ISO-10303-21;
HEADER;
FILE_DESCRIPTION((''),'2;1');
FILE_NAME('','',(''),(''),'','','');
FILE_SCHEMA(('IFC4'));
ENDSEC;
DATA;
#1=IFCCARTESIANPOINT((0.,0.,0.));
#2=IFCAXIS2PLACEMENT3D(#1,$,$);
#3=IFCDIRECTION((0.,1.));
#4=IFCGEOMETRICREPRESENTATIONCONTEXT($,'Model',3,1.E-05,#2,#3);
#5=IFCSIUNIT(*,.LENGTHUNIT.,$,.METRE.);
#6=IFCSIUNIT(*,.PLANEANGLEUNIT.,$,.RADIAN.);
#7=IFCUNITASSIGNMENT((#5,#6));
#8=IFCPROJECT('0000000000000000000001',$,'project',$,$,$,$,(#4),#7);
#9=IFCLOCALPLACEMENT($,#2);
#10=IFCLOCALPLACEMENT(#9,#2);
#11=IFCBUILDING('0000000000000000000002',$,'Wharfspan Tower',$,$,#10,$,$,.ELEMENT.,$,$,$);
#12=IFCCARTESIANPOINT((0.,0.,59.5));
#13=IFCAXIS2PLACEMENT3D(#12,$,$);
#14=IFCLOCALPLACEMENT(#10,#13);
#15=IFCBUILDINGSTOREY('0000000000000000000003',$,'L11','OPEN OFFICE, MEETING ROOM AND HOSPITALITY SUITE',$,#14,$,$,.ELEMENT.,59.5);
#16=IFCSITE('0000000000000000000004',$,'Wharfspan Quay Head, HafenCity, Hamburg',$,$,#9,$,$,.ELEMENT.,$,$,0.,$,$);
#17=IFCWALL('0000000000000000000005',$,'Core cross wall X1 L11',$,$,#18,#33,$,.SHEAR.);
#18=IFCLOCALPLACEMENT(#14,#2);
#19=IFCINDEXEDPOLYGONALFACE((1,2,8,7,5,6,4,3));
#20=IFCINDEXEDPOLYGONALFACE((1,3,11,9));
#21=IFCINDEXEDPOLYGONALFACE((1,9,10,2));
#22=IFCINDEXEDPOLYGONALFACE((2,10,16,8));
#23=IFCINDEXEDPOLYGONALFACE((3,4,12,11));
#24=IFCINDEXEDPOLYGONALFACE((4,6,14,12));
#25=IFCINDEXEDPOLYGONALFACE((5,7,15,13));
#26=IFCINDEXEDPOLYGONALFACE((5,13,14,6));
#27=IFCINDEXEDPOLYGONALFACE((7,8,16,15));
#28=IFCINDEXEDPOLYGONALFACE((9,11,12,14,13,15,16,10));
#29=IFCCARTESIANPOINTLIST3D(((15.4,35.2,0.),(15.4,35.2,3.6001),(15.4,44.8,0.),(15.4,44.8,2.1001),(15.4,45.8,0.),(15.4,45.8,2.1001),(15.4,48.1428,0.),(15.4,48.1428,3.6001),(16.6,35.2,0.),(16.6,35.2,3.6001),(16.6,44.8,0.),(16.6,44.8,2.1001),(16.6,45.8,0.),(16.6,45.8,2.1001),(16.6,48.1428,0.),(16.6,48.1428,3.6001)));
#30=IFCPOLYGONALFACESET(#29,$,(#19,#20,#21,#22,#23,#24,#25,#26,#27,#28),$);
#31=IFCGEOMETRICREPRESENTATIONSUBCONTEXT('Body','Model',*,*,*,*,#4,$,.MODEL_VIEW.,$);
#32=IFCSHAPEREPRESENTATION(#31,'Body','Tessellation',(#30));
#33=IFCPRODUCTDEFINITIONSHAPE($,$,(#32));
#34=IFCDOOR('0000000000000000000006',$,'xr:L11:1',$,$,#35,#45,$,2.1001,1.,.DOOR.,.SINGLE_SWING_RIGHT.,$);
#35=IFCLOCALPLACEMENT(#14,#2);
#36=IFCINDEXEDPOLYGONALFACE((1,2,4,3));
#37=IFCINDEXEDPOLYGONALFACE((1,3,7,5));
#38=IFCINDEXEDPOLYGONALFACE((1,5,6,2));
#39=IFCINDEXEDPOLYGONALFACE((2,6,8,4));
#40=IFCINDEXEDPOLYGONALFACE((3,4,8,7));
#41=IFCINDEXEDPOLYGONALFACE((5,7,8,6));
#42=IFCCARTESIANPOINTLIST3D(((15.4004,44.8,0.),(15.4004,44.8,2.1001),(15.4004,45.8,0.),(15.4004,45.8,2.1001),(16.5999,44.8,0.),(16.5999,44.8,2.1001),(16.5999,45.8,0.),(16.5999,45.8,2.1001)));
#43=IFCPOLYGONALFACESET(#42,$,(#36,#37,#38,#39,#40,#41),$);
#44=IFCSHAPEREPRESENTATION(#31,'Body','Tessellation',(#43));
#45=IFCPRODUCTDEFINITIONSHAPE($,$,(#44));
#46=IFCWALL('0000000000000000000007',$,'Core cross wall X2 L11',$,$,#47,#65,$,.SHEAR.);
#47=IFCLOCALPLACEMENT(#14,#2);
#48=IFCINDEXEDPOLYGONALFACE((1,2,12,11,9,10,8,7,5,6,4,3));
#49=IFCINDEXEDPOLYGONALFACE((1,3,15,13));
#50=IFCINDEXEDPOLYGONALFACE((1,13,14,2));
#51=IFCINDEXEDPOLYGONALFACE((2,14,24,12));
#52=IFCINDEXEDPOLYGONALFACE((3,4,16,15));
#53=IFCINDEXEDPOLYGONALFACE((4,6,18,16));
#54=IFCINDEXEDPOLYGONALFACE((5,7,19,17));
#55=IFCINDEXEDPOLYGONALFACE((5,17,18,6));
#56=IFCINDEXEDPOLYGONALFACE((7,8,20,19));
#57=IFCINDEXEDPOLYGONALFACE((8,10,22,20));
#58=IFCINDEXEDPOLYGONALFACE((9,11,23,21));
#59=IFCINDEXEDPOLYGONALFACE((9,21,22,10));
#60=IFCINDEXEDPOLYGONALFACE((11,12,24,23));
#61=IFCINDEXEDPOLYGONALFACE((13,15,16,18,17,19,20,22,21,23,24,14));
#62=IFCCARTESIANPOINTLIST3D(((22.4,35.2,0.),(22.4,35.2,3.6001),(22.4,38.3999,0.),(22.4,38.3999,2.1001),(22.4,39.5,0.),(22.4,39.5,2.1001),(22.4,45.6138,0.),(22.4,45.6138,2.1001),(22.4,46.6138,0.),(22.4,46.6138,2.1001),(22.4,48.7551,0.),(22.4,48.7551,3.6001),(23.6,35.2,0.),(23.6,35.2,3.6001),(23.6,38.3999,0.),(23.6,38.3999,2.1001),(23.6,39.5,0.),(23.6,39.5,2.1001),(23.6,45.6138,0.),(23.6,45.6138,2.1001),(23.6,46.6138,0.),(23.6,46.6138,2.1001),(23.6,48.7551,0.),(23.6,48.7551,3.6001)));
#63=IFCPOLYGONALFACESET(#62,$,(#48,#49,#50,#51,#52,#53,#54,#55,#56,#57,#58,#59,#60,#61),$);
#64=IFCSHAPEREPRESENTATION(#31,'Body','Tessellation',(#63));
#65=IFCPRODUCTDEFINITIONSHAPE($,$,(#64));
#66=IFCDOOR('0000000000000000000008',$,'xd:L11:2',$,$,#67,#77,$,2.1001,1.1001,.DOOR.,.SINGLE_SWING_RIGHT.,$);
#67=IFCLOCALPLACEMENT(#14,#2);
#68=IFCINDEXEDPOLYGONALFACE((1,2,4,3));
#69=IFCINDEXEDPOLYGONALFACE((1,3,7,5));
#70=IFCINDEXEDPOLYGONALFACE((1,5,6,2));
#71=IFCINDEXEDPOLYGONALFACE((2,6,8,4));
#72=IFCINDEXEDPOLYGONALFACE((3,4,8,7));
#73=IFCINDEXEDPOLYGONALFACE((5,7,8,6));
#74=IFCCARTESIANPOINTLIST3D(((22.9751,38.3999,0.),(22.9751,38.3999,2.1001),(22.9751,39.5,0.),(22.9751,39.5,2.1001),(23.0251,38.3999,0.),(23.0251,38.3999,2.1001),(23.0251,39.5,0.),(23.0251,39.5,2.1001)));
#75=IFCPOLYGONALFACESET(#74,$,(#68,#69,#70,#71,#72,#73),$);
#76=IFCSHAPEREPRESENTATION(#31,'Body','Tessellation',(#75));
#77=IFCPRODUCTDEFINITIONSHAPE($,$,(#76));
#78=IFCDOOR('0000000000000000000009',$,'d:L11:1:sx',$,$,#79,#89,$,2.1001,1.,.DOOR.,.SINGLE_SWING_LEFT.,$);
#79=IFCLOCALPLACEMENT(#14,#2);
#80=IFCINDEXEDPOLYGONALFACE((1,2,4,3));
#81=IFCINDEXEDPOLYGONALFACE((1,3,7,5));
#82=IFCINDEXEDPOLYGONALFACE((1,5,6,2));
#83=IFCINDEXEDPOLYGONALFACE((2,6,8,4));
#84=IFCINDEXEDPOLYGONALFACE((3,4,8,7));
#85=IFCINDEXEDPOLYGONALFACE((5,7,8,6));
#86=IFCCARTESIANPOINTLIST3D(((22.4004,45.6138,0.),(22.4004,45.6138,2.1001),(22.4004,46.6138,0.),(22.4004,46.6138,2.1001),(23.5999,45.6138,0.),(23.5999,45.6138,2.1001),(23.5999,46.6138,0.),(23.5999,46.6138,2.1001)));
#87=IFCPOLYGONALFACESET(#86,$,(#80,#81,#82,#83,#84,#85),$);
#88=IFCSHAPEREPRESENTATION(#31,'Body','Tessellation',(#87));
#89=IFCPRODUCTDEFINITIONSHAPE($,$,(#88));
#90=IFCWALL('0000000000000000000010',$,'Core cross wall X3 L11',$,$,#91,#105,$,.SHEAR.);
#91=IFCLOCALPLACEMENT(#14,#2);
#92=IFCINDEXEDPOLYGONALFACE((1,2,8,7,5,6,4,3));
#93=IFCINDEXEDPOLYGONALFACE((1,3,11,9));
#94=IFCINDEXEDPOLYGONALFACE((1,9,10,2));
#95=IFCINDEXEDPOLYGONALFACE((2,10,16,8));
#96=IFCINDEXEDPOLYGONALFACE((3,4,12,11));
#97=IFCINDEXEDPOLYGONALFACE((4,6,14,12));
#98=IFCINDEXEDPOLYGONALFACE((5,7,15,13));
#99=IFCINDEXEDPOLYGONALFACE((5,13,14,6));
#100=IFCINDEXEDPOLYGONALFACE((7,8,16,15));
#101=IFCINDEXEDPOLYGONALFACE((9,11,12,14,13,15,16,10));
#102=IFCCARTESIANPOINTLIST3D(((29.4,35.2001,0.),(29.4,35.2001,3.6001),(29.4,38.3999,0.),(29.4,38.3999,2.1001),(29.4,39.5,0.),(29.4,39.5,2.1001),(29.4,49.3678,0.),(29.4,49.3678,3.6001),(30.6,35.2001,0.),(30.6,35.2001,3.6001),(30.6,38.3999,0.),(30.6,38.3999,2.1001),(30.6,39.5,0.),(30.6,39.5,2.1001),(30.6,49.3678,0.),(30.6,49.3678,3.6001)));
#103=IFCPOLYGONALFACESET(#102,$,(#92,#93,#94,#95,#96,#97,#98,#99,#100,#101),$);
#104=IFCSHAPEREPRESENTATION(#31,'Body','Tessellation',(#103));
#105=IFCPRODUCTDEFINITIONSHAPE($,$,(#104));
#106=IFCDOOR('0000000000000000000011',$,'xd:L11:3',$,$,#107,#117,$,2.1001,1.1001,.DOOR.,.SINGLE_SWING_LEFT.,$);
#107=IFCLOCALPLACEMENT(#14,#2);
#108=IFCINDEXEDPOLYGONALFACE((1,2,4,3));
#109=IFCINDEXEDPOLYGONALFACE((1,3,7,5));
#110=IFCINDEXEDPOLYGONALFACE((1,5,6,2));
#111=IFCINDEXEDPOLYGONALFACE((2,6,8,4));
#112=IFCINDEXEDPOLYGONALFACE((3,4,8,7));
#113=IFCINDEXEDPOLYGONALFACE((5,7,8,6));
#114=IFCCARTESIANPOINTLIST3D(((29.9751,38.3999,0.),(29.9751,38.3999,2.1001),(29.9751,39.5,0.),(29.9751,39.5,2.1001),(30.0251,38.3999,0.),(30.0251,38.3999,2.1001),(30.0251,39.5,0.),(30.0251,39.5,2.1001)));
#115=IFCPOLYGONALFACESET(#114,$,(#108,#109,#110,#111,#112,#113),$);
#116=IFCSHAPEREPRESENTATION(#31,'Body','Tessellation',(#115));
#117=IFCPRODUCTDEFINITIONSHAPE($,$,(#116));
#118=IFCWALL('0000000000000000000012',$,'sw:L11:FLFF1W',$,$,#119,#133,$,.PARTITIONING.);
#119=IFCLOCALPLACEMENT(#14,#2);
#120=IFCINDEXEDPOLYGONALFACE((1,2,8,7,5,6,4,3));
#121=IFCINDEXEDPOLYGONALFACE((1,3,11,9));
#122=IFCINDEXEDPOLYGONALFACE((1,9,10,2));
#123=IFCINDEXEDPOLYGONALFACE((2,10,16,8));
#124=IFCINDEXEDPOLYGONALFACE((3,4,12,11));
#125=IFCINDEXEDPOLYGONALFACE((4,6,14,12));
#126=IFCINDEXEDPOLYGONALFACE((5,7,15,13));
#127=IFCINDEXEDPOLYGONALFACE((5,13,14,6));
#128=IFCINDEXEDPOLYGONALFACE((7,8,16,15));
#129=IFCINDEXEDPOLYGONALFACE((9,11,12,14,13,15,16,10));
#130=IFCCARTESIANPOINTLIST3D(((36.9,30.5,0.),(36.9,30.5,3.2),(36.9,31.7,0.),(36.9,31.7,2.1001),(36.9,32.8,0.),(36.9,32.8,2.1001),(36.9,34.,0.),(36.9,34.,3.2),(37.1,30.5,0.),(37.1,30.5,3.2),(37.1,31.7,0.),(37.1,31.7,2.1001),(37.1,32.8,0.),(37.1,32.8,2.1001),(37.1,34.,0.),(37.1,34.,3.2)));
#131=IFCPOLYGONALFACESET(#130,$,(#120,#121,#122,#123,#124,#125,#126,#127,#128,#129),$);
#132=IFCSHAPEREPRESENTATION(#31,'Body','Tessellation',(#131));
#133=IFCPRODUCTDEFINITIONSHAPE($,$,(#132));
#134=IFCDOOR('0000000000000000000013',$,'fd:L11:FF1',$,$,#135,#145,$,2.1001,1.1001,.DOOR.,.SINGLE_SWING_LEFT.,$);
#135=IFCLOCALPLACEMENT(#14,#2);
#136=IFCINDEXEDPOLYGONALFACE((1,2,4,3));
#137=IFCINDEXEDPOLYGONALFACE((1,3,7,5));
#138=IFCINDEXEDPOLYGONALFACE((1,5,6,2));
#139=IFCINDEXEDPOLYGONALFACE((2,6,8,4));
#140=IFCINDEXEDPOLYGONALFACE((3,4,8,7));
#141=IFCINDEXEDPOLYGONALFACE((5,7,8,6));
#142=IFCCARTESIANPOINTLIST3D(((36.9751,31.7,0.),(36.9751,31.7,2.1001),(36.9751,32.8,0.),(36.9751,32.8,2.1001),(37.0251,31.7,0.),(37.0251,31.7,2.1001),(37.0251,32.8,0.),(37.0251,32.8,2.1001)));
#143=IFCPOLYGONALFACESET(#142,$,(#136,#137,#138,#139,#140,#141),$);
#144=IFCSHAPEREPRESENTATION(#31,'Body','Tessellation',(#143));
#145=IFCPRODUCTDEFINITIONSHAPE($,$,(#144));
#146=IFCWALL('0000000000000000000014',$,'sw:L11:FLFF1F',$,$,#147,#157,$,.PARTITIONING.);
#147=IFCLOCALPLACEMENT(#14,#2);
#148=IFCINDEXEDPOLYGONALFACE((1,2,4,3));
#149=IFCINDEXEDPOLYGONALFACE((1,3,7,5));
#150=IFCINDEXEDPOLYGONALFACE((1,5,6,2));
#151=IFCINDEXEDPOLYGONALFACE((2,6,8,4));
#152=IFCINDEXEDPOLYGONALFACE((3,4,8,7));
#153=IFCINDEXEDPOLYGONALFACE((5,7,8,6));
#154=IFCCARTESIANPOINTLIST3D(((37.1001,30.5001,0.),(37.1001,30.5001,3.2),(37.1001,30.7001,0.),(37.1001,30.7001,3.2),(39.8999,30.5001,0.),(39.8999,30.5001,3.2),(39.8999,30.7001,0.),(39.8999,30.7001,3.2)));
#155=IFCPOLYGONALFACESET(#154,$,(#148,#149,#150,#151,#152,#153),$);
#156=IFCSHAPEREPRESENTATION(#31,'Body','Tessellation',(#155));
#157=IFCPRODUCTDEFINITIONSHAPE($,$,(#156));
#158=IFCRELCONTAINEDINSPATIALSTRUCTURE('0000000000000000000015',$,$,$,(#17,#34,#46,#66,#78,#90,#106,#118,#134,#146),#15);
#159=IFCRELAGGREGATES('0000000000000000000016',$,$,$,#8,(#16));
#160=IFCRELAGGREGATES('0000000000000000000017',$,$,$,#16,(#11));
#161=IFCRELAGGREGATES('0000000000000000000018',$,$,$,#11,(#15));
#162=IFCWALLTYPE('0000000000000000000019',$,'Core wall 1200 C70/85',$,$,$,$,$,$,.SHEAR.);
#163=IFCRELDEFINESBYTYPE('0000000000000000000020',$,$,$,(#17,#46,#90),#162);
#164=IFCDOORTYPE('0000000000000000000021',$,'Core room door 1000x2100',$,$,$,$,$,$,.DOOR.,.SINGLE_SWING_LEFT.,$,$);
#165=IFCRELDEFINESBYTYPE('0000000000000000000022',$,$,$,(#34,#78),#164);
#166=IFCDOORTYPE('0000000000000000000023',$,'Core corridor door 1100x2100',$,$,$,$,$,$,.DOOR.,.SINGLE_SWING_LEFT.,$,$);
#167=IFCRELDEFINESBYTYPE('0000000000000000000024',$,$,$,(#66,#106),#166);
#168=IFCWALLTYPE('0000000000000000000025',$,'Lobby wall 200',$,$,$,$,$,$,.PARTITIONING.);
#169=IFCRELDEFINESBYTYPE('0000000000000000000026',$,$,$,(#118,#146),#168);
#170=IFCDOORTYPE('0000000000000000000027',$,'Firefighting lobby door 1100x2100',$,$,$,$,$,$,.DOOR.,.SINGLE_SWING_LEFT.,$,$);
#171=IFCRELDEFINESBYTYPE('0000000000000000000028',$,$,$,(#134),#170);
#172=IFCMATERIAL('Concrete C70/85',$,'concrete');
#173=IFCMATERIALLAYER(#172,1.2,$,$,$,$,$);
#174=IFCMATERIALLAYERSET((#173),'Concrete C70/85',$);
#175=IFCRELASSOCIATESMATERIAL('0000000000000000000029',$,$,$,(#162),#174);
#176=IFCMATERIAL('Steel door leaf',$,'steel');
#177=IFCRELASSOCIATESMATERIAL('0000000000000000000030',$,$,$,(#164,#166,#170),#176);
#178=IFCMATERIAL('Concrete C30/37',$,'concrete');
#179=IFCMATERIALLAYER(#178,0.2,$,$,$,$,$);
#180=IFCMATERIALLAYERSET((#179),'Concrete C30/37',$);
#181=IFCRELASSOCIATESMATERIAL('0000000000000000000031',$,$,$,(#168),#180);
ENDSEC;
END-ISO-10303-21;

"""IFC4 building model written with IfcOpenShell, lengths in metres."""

from ifc_helpers import new_model, si_unit, direction, frame, frame_2d, origin, place, context, subcontext, project, spatial, rectangle, extrude, material, layer, layer_set, type_object, element, fill, save


model = new_model("IFC4")

# Units and contexts
model_context = context("Model", 3, precision=1e-05, world=origin(), true_north=direction((0.0, 1.0)))
body_context = subcontext(model_context, "Body", "Model", "MODEL_VIEW")
ifc_project = project(units=[si_unit("LENGTHUNIT", "METRE"), si_unit("PLANEANGLEUNIT", "RADIAN")], contexts=[model_context])

# Site, building, storey
site_placement = place(None, origin())
site = spatial("IfcSite", under=ifc_project, at=site_placement, Name="Wharfspan Quay Head, HafenCity, Hamburg", CompositionType="ELEMENT", RefElevation=0.0)
building_placement = place(site_placement, origin())
building = spatial("IfcBuilding", under=site, at=building_placement, Name="Wharfspan Tower", CompositionType="ELEMENT")
storey_placement = place(building_placement, frame((0.0, 0.0, 59.5)))
storey = spatial("IfcBuildingStorey", under=building, at=storey_placement, Name="L11", Description="OPEN OFFICE, MEETING ROOM AND HOSPITALITY SUITE", CompositionType="ELEMENT", Elevation=59.5)

# Wall, opening, door
ifc_material_1 = material(Name="Concrete C70/85", Category="concrete")
ifc_layer_1 = layer(ifc_material_1, 1.2)
ifc_layer_set_1 = layer_set([ifc_layer_1], Name="Concrete C70/85")
wall_type_1 = type_object("IfcWallType", Name="Core wall 1200 C70/85", PredefinedType="SHEAR", material=ifc_layer_set_1)
wall_1_placement = place(storey_placement, frame((16.0, 35.2, 0.0), z_axis=(0.0, 0.0, 1.0), x_axis=(0.0, 1.0, 0.0)))
wall_1 = element("IfcWall", 1, at=wall_1_placement, inside=storey, type_object=wall_type_1, Name="Core cross wall X1 L11", PredefinedType="SHEAR", context=body_context, shape_type="SweptSolid", body=[
    extrude(rectangle(XDim=12.9429, YDim=1.2, at=frame_2d((6.4714, 0.0))), origin(), (0.0, 0.0, 1.0), 3.6001),
])
opening_1_placement = place(wall_1_placement, frame((9.6001, 0.0, 0.0)))
opening_1 = element("IfcOpeningElement", 2, at=opening_1_placement, cuts=wall_1, PredefinedType="OPENING", context=body_context, shape_type="SweptSolid", body=[
    extrude(rectangle(XDim=1.0, YDim=2.1001, at=frame_2d((0.5, 1.05))), frame((0.0, 0.6099, 0.0), z_axis=(0.0, -1.0, 0.0), x_axis=(1.0, 0.0, 0.0)), (0.0, 0.0, 1.0), 1.22),
])
ifc_material_2 = material(Name="Steel door leaf", Category="steel")
door_type_1 = type_object("IfcDoorType", Name="Core room door 1000x2100", OperationType="SINGLE_SWING_LEFT", PredefinedType="DOOR", material=ifc_material_2)
door_1_placement = place(opening_1_placement, origin())
door_1 = element("IfcDoor", 3, at=door_1_placement, inside=storey, type_object=door_type_1, Name="xr:L11:1", OperationType="SINGLE_SWING_RIGHT", OverallHeight=2.1001, OverallWidth=1.0, PredefinedType="DOOR", context=body_context, shape_type="SweptSolid", body=[
    extrude(rectangle(XDim=1.0, YDim=2.1001, at=frame_2d((0.5, 1.05))), frame((0.0, 0.5996, 0.0), z_axis=(0.0, -1.0, 0.0), x_axis=(1.0, 0.0, 0.0)), (0.0, 0.0, 1.0), 1.1995),
])
fill(opening_1, door_1)

# Wall, openings, doors
wall_2_placement = place(storey_placement, frame((23.0, 35.2, 0.0), z_axis=(0.0, 0.0, 1.0), x_axis=(0.0, 1.0, 0.0)))
wall_2 = element("IfcWall", 4, at=wall_2_placement, inside=storey, type_object=wall_type_1, Name="Core cross wall X2 L11", PredefinedType="SHEAR", context=body_context, shape_type="SweptSolid", body=[
    extrude(rectangle(XDim=13.5552, YDim=1.2, at=frame_2d((6.7776, 0.0))), origin(), (0.0, 0.0, 1.0), 3.6001),
])
opening_2_placement = place(wall_2_placement, frame((10.4138, 0.0, 0.0)))
opening_2 = element("IfcOpeningElement", 5, at=opening_2_placement, cuts=wall_2, PredefinedType="OPENING", context=body_context, shape_type="SweptSolid", body=[
    extrude(rectangle(XDim=1.0, YDim=2.1001, at=frame_2d((0.5, 1.05))), frame((0.0, 0.6099, 0.0), z_axis=(0.0, -1.0, 0.0), x_axis=(1.0, 0.0, 0.0)), (0.0, 0.0, 1.0), 1.22),
])
opening_3_placement = place(wall_2_placement, frame((3.2, 0.0, 0.0)))
opening_3 = element("IfcOpeningElement", 6, at=opening_3_placement, cuts=wall_2, PredefinedType="OPENING", context=body_context, shape_type="SweptSolid", body=[
    extrude(rectangle(XDim=1.1001, YDim=2.1001, at=frame_2d((0.55, 1.05))), frame((0.0, 0.6099, 0.0), z_axis=(0.0, -1.0, 0.0), x_axis=(1.0, 0.0, 0.0)), (0.0, 0.0, 1.0), 1.22),
])
door_type_2 = type_object("IfcDoorType", Name="Core corridor door 1100x2100", OperationType="SINGLE_SWING_LEFT", PredefinedType="DOOR", material=ifc_material_2)
door_2_placement = place(opening_3_placement, origin())
door_2 = element("IfcDoor", 7, at=door_2_placement, inside=storey, type_object=door_type_2, Name="xd:L11:2", OperationType="SINGLE_SWING_RIGHT", OverallHeight=2.1001, OverallWidth=1.1001, PredefinedType="DOOR", context=body_context, shape_type="SweptSolid", body=[
    extrude(rectangle(XDim=1.1001, YDim=2.1001, at=frame_2d((0.55, 1.05))), frame((0.0, 0.0249, 0.0), z_axis=(0.0, -1.0, 0.0), x_axis=(1.0, 0.0, 0.0)), (0.0, 0.0, 1.0), 0.05),
])
fill(opening_3, door_2)
door_3_placement = place(opening_2_placement, origin())
door_3 = element("IfcDoor", 8, at=door_3_placement, inside=storey, type_object=door_type_1, Name="d:L11:1:sx", OperationType="SINGLE_SWING_LEFT", OverallHeight=2.1001, OverallWidth=1.0, PredefinedType="DOOR", context=body_context, shape_type="SweptSolid", body=[
    extrude(rectangle(XDim=1.0, YDim=2.1001, at=frame_2d((0.5, 1.05))), frame((0.0, 0.5996, 0.0), z_axis=(0.0, -1.0, 0.0), x_axis=(1.0, 0.0, 0.0)), (0.0, 0.0, 1.0), 1.1995),
])
fill(opening_2, door_3)

# Walls, openings, doors
wall_3_placement = place(storey_placement, frame((30.0, 35.2, 0.0), z_axis=(0.0, 0.0, 1.0), x_axis=(0.0, 1.0, 0.0)))
wall_3 = element("IfcWall", 9, at=wall_3_placement, inside=storey, type_object=wall_type_1, Name="Core cross wall X3 L11", PredefinedType="SHEAR", context=body_context, shape_type="SweptSolid", body=[
    extrude(rectangle(XDim=14.1677, YDim=1.2, at=frame_2d((7.084, 0.0))), origin(), (0.0, 0.0, 1.0), 3.6001),
])
opening_4_placement = place(wall_3_placement, frame((3.2, 0.0, 0.0)))
opening_4 = element("IfcOpeningElement", 10, at=opening_4_placement, cuts=wall_3, PredefinedType="OPENING", context=body_context, shape_type="SweptSolid", body=[
    extrude(rectangle(XDim=1.1001, YDim=2.1001, at=frame_2d((0.55, 1.05))), frame((0.0, 0.6099, 0.0), z_axis=(0.0, -1.0, 0.0), x_axis=(1.0, 0.0, 0.0)), (0.0, 0.0, 1.0), 1.22),
])
door_4_placement = place(opening_4_placement, origin())
door_4 = element("IfcDoor", 11, at=door_4_placement, inside=storey, type_object=door_type_2, Name="xd:L11:3", OperationType="SINGLE_SWING_LEFT", OverallHeight=2.1001, OverallWidth=1.1001, PredefinedType="DOOR", context=body_context, shape_type="SweptSolid", body=[
    extrude(rectangle(XDim=1.1001, YDim=2.1001, at=frame_2d((0.55, 1.05))), frame((0.0, 0.0249, 0.0), z_axis=(0.0, -1.0, 0.0), x_axis=(1.0, 0.0, 0.0)), (0.0, 0.0, 1.0), 0.05),
])
fill(opening_4, door_4)
ifc_material_3 = material(Name="Concrete C30/37", Category="concrete")
ifc_layer_2 = layer(ifc_material_3, 0.2)
ifc_layer_set_2 = layer_set([ifc_layer_2], Name="Concrete C30/37")
wall_type_2 = type_object("IfcWallType", Name="Lobby wall 200", PredefinedType="PARTITIONING", material=ifc_layer_set_2)
wall_4_placement = place(storey_placement, frame((37.0, 30.5, 0.0), z_axis=(0.0, 0.0, 1.0), x_axis=(0.0, 1.0, 0.0)))
wall_4 = element("IfcWall", 12, at=wall_4_placement, inside=storey, type_object=wall_type_2, Name="sw:L11:FLFF1W", PredefinedType="PARTITIONING", context=body_context, shape_type="SweptSolid", body=[
    extrude(rectangle(XDim=3.5, YDim=0.2, at=frame_2d((1.75, 0.0))), origin(), (0.0, 0.0, 1.0), 3.2),
])
opening_5_placement = place(wall_4_placement, frame((1.2, 0.0, 0.0)))
opening_5 = element("IfcOpeningElement", 13, at=opening_5_placement, cuts=wall_4, PredefinedType="OPENING", context=body_context, shape_type="SweptSolid", body=[
    extrude(rectangle(XDim=1.1001, YDim=2.1001, at=frame_2d((0.55, 1.05))), frame((0.0, 0.1099, 0.0), z_axis=(0.0, -1.0, 0.0), x_axis=(1.0, 0.0, 0.0)), (0.0, 0.0, 1.0), 0.22),
])
door_type_3 = type_object("IfcDoorType", Name="Firefighting lobby door 1100x2100", OperationType="SINGLE_SWING_LEFT", PredefinedType="DOOR", material=ifc_material_2)
door_5_placement = place(opening_5_placement, origin())
door_5 = element("IfcDoor", 14, at=door_5_placement, inside=storey, type_object=door_type_3, Name="fd:L11:FF1", OperationType="SINGLE_SWING_LEFT", OverallHeight=2.1001, OverallWidth=1.1001, PredefinedType="DOOR", context=body_context, shape_type="SweptSolid", body=[
    extrude(rectangle(XDim=1.1001, YDim=2.1001, at=frame_2d((0.55, 1.05))), frame((0.0, 0.0249, 0.0), z_axis=(0.0, -1.0, 0.0), x_axis=(1.0, 0.0, 0.0)), (0.0, 0.0, 1.0), 0.05),
])
fill(opening_5, door_5)

# Wall
wall_5_placement = place(storey_placement, frame((37.1001, 30.6001, 0.0), z_axis=(0.0, 0.0, 1.0), x_axis=(1.0, 0.0, 0.0)))
element("IfcWall", 15, at=wall_5_placement, inside=storey, type_object=wall_type_2, Name="sw:L11:FLFF1F", PredefinedType="PARTITIONING", context=body_context, shape_type="SweptSolid", body=[
    extrude(rectangle(XDim=2.7998, YDim=0.2, at=frame_2d((1.3999, 0.0))), origin(), (0.0, 0.0, 1.0), 3.2),
])

save(model, "model.ifc")
